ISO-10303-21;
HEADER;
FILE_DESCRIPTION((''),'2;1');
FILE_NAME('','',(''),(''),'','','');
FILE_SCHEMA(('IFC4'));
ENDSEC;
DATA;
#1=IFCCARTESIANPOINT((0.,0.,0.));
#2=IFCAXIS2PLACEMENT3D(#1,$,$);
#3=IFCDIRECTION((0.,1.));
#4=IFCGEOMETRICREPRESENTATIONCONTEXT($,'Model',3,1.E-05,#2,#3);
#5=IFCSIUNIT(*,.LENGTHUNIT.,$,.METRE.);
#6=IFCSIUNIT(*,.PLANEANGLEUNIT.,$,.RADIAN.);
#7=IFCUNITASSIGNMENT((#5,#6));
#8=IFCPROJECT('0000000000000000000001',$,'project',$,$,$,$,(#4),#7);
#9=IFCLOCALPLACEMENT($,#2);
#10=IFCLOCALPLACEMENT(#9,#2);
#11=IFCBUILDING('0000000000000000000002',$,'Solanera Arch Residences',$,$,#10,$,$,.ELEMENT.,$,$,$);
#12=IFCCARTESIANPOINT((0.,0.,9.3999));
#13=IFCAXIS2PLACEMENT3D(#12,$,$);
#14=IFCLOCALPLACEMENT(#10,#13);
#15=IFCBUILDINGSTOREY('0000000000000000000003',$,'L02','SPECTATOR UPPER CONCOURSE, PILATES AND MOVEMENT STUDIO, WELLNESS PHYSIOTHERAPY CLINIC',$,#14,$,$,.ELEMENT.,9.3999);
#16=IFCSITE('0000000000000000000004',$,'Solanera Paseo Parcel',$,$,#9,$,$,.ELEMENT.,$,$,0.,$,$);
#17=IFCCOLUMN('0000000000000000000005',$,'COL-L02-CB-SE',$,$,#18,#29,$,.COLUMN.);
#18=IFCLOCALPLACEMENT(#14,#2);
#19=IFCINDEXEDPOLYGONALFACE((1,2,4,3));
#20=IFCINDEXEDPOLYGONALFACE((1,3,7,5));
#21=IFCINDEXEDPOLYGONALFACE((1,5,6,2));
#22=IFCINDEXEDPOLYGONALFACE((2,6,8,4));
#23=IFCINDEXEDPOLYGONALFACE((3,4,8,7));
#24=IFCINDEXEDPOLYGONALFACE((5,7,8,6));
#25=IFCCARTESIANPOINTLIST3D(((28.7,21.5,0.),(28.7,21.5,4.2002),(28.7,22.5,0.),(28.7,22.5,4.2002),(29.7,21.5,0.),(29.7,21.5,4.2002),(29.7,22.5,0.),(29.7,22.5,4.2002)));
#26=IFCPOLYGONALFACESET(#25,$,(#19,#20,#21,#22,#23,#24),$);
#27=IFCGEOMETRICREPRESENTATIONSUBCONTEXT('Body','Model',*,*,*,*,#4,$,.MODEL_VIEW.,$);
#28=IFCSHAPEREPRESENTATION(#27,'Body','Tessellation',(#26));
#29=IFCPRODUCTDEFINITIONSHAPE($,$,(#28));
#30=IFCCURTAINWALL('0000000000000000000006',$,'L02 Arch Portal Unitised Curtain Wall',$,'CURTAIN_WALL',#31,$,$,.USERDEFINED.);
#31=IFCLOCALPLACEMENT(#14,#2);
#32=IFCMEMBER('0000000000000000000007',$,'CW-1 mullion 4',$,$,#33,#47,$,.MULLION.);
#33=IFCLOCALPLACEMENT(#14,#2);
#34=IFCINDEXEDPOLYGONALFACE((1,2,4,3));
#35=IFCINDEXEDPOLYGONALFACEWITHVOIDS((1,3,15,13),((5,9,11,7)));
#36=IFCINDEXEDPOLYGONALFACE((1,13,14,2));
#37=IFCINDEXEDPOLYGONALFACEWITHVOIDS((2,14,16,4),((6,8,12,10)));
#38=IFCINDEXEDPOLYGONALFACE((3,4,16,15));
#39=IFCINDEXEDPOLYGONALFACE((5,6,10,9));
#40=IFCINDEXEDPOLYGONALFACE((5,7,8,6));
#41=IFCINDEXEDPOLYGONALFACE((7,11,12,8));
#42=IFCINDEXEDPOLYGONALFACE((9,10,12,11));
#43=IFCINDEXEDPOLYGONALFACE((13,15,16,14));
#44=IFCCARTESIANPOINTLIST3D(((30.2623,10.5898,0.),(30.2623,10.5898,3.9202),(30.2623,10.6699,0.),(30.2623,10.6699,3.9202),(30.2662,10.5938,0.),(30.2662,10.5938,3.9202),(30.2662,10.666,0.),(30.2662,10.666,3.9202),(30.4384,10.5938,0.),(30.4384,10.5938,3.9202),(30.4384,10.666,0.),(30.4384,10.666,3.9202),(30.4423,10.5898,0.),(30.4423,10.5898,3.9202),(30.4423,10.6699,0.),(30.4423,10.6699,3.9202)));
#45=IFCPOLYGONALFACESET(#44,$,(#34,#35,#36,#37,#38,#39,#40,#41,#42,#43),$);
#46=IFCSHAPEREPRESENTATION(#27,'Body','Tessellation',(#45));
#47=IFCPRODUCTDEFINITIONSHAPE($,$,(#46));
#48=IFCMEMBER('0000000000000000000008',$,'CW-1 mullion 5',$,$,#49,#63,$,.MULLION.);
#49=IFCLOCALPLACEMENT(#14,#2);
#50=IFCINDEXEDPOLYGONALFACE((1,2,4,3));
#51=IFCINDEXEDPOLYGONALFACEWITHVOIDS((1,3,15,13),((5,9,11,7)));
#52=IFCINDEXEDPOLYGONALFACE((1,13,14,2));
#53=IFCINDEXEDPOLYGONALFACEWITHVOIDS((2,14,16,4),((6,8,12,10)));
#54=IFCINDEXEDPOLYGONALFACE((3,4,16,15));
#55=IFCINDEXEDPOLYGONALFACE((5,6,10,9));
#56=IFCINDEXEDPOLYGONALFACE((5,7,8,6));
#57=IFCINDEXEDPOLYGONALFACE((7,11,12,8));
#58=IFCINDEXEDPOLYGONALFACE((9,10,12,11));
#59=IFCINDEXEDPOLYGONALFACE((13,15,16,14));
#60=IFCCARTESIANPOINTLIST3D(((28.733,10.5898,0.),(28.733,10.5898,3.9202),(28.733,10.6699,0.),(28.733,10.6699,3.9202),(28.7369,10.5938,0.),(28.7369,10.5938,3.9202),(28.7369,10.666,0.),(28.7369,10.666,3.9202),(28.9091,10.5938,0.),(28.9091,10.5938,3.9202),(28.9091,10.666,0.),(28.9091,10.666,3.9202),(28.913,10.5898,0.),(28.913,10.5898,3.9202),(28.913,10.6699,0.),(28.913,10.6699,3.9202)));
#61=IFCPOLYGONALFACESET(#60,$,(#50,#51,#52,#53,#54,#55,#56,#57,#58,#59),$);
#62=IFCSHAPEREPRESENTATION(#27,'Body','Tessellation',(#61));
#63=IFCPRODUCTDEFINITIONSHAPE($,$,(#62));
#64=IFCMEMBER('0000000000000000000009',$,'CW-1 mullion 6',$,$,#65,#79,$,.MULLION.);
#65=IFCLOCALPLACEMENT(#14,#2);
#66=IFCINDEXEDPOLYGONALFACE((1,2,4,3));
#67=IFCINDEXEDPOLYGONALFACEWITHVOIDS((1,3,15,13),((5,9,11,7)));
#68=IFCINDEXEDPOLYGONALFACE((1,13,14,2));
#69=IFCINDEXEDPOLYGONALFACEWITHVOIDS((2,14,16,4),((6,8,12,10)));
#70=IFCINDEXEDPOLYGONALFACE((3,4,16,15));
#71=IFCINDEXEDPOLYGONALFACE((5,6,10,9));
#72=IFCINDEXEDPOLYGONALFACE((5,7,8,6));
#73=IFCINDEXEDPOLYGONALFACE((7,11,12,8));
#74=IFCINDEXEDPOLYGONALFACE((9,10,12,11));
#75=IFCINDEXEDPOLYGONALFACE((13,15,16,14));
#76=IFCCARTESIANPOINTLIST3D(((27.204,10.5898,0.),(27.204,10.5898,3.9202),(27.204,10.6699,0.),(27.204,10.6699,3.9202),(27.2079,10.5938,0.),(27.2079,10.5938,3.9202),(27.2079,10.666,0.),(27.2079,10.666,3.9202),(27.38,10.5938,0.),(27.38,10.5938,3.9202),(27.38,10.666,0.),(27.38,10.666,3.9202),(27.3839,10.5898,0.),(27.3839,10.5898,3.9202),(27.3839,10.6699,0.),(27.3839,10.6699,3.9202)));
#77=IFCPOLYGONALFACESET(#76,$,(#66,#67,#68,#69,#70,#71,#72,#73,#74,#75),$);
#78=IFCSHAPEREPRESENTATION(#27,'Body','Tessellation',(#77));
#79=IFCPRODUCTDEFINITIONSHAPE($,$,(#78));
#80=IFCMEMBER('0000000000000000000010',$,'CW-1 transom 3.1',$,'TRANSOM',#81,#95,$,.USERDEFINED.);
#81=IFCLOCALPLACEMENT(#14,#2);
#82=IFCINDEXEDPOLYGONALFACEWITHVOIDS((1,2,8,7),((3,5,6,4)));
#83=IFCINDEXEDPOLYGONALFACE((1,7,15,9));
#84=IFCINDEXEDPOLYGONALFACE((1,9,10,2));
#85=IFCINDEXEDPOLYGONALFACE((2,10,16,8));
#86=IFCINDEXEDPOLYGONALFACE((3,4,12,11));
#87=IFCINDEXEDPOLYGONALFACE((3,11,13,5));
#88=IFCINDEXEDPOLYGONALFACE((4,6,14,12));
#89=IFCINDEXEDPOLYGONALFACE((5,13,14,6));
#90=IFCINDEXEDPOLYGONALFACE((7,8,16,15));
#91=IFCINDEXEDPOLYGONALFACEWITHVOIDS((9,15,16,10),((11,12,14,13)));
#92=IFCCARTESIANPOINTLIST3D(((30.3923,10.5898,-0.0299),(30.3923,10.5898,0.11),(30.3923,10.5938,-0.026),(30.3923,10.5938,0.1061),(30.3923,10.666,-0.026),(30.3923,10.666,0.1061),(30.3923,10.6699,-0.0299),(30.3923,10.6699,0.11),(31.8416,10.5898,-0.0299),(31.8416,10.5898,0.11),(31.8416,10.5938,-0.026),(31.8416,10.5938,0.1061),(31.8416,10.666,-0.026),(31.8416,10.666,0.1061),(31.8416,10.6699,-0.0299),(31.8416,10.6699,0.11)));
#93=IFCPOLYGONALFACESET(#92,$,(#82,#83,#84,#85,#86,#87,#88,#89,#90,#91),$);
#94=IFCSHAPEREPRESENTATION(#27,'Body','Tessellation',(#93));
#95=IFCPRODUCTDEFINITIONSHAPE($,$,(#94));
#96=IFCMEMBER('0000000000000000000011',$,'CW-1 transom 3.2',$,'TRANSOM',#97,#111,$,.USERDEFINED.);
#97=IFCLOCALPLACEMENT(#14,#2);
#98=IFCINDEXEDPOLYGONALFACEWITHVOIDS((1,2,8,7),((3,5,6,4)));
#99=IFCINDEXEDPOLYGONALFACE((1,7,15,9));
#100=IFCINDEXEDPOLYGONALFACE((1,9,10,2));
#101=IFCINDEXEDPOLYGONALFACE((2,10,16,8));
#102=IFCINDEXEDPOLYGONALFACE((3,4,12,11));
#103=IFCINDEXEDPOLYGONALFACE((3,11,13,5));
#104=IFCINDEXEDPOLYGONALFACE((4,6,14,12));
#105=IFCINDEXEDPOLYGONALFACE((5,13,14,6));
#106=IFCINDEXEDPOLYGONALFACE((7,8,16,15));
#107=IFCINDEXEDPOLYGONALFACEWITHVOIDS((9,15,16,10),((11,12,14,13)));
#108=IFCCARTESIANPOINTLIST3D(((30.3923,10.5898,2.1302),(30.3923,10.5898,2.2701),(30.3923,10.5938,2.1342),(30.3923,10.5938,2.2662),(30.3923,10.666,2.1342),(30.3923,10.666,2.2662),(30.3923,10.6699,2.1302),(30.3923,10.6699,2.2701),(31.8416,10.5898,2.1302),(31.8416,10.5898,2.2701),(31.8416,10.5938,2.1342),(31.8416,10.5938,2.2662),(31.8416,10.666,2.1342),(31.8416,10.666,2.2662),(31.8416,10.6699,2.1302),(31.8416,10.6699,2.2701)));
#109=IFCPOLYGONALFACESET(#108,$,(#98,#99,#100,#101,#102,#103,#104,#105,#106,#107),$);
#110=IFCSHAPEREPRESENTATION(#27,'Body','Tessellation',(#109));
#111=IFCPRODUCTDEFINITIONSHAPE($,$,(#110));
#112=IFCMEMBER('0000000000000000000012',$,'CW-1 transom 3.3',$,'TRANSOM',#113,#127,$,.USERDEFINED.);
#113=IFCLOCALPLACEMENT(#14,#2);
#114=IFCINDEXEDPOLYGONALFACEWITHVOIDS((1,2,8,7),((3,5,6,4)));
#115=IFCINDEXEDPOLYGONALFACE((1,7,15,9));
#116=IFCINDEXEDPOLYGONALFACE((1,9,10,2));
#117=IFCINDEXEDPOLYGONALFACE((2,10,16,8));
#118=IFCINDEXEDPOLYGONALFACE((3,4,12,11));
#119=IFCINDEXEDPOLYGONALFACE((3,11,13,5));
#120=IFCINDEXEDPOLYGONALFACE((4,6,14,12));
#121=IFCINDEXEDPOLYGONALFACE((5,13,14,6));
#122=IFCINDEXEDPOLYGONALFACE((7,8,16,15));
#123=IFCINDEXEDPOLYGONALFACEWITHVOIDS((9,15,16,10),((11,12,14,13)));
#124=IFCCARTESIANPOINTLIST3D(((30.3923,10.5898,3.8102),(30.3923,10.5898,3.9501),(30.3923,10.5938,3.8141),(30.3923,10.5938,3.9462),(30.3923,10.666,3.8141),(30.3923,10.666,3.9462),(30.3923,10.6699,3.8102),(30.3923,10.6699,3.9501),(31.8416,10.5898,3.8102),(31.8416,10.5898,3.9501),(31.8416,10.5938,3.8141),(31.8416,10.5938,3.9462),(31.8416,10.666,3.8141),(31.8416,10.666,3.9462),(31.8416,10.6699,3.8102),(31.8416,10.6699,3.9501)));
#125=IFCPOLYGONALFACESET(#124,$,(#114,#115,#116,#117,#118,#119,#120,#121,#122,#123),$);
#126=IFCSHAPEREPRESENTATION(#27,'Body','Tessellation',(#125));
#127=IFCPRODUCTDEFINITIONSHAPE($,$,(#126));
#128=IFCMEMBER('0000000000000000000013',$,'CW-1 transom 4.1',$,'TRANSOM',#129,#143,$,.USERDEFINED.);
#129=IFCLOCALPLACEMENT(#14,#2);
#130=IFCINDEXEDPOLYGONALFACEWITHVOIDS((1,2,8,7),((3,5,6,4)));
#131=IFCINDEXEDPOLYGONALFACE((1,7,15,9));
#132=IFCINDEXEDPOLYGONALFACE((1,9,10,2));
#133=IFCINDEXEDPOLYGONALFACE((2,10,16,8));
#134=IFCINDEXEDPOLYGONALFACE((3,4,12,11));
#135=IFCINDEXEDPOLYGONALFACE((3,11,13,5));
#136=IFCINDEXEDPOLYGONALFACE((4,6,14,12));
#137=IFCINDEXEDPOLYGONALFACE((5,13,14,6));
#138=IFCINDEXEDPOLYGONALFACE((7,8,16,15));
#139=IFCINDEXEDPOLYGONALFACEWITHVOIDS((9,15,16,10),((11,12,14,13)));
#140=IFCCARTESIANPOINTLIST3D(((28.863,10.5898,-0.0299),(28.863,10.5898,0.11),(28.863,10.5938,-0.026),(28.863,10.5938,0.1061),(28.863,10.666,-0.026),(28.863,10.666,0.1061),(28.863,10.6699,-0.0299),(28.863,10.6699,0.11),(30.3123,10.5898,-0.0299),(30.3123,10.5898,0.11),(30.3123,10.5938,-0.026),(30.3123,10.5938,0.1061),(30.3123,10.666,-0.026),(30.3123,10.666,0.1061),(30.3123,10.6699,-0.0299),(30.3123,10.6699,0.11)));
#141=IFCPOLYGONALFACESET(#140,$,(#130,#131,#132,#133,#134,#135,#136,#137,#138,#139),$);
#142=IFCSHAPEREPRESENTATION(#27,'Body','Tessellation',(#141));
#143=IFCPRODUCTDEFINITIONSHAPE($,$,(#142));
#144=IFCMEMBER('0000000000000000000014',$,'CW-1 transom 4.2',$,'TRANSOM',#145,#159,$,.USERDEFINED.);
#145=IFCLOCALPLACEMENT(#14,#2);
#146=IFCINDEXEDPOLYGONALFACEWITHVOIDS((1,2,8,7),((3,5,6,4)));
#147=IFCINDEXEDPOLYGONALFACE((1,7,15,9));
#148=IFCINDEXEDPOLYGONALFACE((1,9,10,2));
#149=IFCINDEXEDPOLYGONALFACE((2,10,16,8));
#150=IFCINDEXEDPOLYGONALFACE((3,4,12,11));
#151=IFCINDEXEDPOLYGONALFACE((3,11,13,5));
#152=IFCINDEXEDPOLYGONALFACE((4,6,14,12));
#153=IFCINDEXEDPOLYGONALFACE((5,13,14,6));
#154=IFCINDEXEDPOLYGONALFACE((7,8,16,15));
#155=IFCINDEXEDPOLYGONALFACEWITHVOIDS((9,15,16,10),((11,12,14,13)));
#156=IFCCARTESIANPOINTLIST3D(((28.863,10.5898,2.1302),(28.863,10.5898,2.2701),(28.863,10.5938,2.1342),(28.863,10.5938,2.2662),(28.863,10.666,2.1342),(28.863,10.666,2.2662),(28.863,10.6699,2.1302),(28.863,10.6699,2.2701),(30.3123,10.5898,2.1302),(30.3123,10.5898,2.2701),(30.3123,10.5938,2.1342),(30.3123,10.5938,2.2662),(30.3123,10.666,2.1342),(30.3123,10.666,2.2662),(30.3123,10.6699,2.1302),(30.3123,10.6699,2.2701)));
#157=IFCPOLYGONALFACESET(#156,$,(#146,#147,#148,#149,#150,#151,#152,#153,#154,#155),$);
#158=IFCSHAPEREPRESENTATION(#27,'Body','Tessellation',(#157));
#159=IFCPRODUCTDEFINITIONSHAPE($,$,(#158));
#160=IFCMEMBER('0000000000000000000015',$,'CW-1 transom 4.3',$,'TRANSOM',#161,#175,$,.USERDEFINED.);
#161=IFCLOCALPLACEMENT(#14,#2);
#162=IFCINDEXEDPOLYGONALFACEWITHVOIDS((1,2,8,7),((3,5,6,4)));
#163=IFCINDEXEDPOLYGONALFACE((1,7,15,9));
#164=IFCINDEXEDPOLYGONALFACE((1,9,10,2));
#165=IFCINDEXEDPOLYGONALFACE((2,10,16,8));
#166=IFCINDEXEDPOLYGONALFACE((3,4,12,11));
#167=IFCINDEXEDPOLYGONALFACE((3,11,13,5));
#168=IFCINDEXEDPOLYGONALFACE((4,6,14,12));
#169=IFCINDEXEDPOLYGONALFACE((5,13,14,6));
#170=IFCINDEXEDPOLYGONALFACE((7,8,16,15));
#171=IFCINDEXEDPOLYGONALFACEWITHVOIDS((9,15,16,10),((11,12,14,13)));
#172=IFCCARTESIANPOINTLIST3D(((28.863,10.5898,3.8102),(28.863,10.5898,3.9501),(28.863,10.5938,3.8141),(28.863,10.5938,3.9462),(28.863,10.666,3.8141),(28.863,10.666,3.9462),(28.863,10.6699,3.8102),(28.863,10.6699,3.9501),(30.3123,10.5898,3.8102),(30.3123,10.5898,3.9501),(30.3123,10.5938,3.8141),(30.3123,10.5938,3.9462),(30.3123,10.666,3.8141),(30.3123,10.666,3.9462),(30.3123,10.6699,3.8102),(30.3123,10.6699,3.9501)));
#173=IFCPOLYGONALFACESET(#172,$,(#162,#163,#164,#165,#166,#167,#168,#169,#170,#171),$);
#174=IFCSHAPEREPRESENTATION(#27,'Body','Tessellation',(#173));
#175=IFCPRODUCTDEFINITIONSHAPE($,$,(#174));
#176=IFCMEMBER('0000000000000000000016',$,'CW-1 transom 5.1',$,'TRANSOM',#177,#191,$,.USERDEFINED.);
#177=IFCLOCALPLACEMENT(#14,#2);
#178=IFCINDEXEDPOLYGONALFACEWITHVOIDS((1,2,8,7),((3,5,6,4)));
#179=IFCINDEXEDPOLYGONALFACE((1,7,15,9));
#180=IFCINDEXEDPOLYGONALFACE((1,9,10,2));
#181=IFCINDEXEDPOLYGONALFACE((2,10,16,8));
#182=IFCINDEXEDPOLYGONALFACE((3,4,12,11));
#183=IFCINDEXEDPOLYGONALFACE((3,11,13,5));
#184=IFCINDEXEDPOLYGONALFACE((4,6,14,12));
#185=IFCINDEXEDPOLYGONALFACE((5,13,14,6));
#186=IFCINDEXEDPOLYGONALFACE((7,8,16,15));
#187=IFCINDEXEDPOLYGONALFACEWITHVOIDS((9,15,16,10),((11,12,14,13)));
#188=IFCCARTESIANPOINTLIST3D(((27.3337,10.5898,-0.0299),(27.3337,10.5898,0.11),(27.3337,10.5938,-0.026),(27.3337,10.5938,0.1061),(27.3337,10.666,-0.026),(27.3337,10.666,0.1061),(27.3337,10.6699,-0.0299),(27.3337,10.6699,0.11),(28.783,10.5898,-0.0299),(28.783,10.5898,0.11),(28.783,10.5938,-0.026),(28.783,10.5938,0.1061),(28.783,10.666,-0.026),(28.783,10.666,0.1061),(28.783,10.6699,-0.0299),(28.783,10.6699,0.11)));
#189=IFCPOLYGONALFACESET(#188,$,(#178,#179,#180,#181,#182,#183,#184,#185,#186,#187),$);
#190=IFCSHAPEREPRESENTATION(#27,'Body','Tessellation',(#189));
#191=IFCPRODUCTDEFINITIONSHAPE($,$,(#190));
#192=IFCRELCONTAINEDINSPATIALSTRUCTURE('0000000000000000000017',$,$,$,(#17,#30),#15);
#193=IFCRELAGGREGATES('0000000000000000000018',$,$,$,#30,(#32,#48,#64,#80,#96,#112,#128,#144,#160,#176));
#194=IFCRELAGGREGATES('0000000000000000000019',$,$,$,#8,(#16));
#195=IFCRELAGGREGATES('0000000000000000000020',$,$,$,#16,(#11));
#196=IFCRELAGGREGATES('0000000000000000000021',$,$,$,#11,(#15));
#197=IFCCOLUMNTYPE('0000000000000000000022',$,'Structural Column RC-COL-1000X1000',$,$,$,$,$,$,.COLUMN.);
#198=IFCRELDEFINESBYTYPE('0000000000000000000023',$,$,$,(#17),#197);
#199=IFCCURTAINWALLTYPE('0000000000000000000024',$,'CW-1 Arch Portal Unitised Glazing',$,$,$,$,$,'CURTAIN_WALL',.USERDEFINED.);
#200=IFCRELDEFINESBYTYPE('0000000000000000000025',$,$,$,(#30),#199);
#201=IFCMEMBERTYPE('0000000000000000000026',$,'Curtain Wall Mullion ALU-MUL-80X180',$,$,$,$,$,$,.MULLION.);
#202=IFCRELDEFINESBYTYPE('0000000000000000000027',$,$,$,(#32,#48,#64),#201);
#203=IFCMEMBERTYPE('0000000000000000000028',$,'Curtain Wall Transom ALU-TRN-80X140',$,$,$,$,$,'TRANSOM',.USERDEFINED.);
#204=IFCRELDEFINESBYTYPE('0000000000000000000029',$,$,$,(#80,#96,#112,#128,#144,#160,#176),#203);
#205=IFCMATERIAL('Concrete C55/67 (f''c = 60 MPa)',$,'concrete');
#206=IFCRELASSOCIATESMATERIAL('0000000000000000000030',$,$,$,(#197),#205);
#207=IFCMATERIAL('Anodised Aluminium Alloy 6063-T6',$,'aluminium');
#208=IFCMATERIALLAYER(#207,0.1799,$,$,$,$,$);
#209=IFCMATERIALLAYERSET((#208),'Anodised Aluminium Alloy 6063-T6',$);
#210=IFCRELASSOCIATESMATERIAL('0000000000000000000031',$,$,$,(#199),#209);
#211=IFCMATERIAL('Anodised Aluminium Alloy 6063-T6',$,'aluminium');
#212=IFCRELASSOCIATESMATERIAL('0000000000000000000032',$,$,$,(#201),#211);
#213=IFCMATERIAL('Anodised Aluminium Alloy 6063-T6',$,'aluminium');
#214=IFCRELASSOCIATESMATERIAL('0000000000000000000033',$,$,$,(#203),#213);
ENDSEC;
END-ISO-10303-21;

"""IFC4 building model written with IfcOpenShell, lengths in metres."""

from ifc_helpers import new_model, si_unit, direction, frame, origin, origin_2d, place, context, subcontext, project, spatial, rectangle, hollow_rectangle, extrude, material, layer, layer_set, material_profile, profile_set, type_object, element, aggregate, save


model = new_model("IFC4")

# Units and contexts
model_context = context("Model", 3, precision=1e-05, world=origin(), true_north=direction((0.0, 1.0)))
body_context = subcontext(model_context, "Body", "Model", "MODEL_VIEW")
ifc_project = project(units=[si_unit("LENGTHUNIT", "METRE"), si_unit("PLANEANGLEUNIT", "RADIAN")], contexts=[model_context])

# Site, building, storey
site_placement = place(None, origin())
site = spatial("IfcSite", under=ifc_project, at=site_placement, Name="Solanera Paseo Parcel", CompositionType="ELEMENT", RefElevation=0.0)
building_placement = place(site_placement, origin())
building = spatial("IfcBuilding", under=site, at=building_placement, Name="Solanera Arch Residences", CompositionType="ELEMENT")
storey_placement = place(building_placement, frame((0.0, 0.0, 9.3999)))
storey = spatial("IfcBuildingStorey", under=building, at=storey_placement, Name="L02", Description="SPECTATOR UPPER CONCOURSE, PILATES AND MOVEMENT STUDIO, WELLNESS PHYSIOTHERAPY CLINIC", CompositionType="ELEMENT", Elevation=9.3999)

# Column
ifc_material_1 = material(Name="Concrete C55/67 (f'c = 60 MPa)", Category="concrete")
ifc_material_profile_1 = material_profile(ifc_material_1, rectangle(XDim=1.0, YDim=1.0, at=origin_2d()))
ifc_profile_set_1 = profile_set([ifc_material_profile_1], Name="Concrete C55/67 (f'c = 60 MPa)")
column_type = type_object("IfcColumnType", Name="Structural Column RC-COL-1000X1000", PredefinedType="COLUMN", material=ifc_profile_set_1)
column_placement = place(storey_placement, frame((29.2, 22.0, 0.0), z_axis=(0.0, 0.0, 1.0), x_axis=(1.0, 0.0, 0.0)))
element("IfcColumn", 1, at=column_placement, inside=storey, type_object=column_type, Name="COL-L02-CB-SE", PredefinedType="COLUMN", context=body_context, shape_type="SweptSolid", body=[
    extrude(rectangle(XDim=1.0, YDim=1.0, at=origin_2d()), origin(), (0.0, 0.0, 1.0), 4.2002),
])

# Curtain wall, members
ifc_material_2 = material(Name="Anodised Aluminium Alloy 6063-T6", Category="aluminium")
ifc_layer_1 = layer(ifc_material_2, 0.1799)
ifc_layer_set_1 = layer_set([ifc_layer_1], Name="Anodised Aluminium Alloy 6063-T6")
curtain_wall_type = type_object("IfcCurtainWallType", Name="CW-1 Arch Portal Unitised Glazing", ElementType="CURTAIN_WALL", PredefinedType="USERDEFINED", material=ifc_layer_set_1)
curtain_wall_placement = place(storey_placement, origin())
curtain_wall = element("IfcCurtainWall", 2, at=curtain_wall_placement, inside=storey, type_object=curtain_wall_type, Name="L02 Arch Portal Unitised Curtain Wall", ObjectType="CURTAIN_WALL", PredefinedType="USERDEFINED")
ifc_material_3 = material(Name="Anodised Aluminium Alloy 6063-T6", Category="aluminium")
ifc_material_profile_2 = material_profile(ifc_material_3, hollow_rectangle(XDim=0.0801, YDim=0.1799, WallThickness=0.0039, at=origin_2d()))
ifc_profile_set_2 = profile_set([ifc_material_profile_2], Name="Anodised Aluminium Alloy 6063-T6")
member_type_1 = type_object("IfcMemberType", Name="Curtain Wall Mullion ALU-MUL-80X180", PredefinedType="MULLION", material=ifc_profile_set_2)
member_1_placement = place(storey_placement, frame((30.3523, 10.6299, 0.0), z_axis=(0.0, 0.0, 1.0), x_axis=(0.0, -1.0, 0.0)))
member_1 = element("IfcMember", 3, at=member_1_placement, type_object=member_type_1, Name="CW-1 mullion 4", PredefinedType="MULLION", context=body_context, shape_type="SweptSolid", body=[
    extrude(hollow_rectangle(XDim=0.0801, YDim=0.1799, WallThickness=0.0039, at=origin_2d()), origin(), (0.0, 0.0, 1.0), 3.9202),
])
member_2_placement = place(storey_placement, frame((28.823, 10.6299, 0.0), z_axis=(0.0, 0.0, 1.0), x_axis=(0.0, -1.0, 0.0)))
member_2 = element("IfcMember", 4, at=member_2_placement, type_object=member_type_1, Name="CW-1 mullion 5", PredefinedType="MULLION", context=body_context, shape_type="SweptSolid", body=[
    extrude(hollow_rectangle(XDim=0.0801, YDim=0.1799, WallThickness=0.0039, at=origin_2d()), origin(), (0.0, 0.0, 1.0), 3.9202),
])
member_3_placement = place(storey_placement, frame((27.2939, 10.6299, 0.0), z_axis=(0.0, 0.0, 1.0), x_axis=(0.0, -1.0, 0.0)))
member_3 = element("IfcMember", 5, at=member_3_placement, type_object=member_type_1, Name="CW-1 mullion 6", PredefinedType="MULLION", context=body_context, shape_type="SweptSolid", body=[
    extrude(hollow_rectangle(XDim=0.0801, YDim=0.1799, WallThickness=0.0039, at=origin_2d()), origin(), (0.0, 0.0, 1.0), 3.9202),
])
ifc_material_4 = material(Name="Anodised Aluminium Alloy 6063-T6", Category="aluminium")
ifc_material_profile_3 = material_profile(ifc_material_4, hollow_rectangle(XDim=0.0801, YDim=0.1399, WallThickness=0.0039, at=origin_2d()))
ifc_profile_set_3 = profile_set([ifc_material_profile_3], Name="Anodised Aluminium Alloy 6063-T6")
member_type_2 = type_object("IfcMemberType", Name="Curtain Wall Transom ALU-TRN-80X140", ElementType="TRANSOM", PredefinedType="USERDEFINED", material=ifc_profile_set_3)
member_4_placement = place(storey_placement, frame((31.8416, 10.6299, 0.04), z_axis=(-1.0, 0.0, 0.0), x_axis=(0.0, -1.0, 0.0)))
member_4 = element("IfcMember", 6, at=member_4_placement, type_object=member_type_2, Name="CW-1 transom 3.1", ObjectType="TRANSOM", PredefinedType="USERDEFINED", context=body_context, shape_type="SweptSolid", body=[
    extrude(hollow_rectangle(XDim=0.0801, YDim=0.1399, WallThickness=0.0039, at=origin_2d()), origin(), (0.0, 0.0, 1.0), 1.4492),
])
member_5_placement = place(storey_placement, frame((31.8416, 10.6299, 2.2002), z_axis=(-1.0, 0.0, 0.0), x_axis=(0.0, -1.0, 0.0)))
member_5 = element("IfcMember", 7, at=member_5_placement, type_object=member_type_2, Name="CW-1 transom 3.2", ObjectType="TRANSOM", PredefinedType="USERDEFINED", context=body_context, shape_type="SweptSolid", body=[
    extrude(hollow_rectangle(XDim=0.0801, YDim=0.1399, WallThickness=0.0039, at=origin_2d()), origin(), (0.0, 0.0, 1.0), 1.4492),
])
member_6_placement = place(storey_placement, frame((31.8416, 10.6299, 3.8801), z_axis=(-1.0, 0.0, 0.0), x_axis=(0.0, -1.0, 0.0)))
member_6 = element("IfcMember", 8, at=member_6_placement, type_object=member_type_2, Name="CW-1 transom 3.3", ObjectType="TRANSOM", PredefinedType="USERDEFINED", context=body_context, shape_type="SweptSolid", body=[
    extrude(hollow_rectangle(XDim=0.0801, YDim=0.1399, WallThickness=0.0039, at=origin_2d()), origin(), (0.0, 0.0, 1.0), 1.4492),
])
member_7_placement = place(storey_placement, frame((30.3123, 10.6299, 0.04), z_axis=(-1.0, 0.0, 0.0), x_axis=(0.0, -1.0, 0.0)))
member_7 = element("IfcMember", 9, at=member_7_placement, type_object=member_type_2, Name="CW-1 transom 4.1", ObjectType="TRANSOM", PredefinedType="USERDEFINED", context=body_context, shape_type="SweptSolid", body=[
    extrude(hollow_rectangle(XDim=0.0801, YDim=0.1399, WallThickness=0.0039, at=origin_2d()), origin(), (0.0, 0.0, 1.0), 1.4492),
])
member_8_placement = place(storey_placement, frame((30.3123, 10.6299, 2.2002), z_axis=(-1.0, 0.0, 0.0), x_axis=(0.0, -1.0, 0.0)))
member_8 = element("IfcMember", 10, at=member_8_placement, type_object=member_type_2, Name="CW-1 transom 4.2", ObjectType="TRANSOM", PredefinedType="USERDEFINED", context=body_context, shape_type="SweptSolid", body=[
    extrude(hollow_rectangle(XDim=0.0801, YDim=0.1399, WallThickness=0.0039, at=origin_2d()), origin(), (0.0, 0.0, 1.0), 1.4492),
])
member_9_placement = place(storey_placement, frame((30.3123, 10.6299, 3.8801), z_axis=(-1.0, 0.0, 0.0), x_axis=(0.0, -1.0, 0.0)))
member_9 = element("IfcMember", 11, at=member_9_placement, type_object=member_type_2, Name="CW-1 transom 4.3", ObjectType="TRANSOM", PredefinedType="USERDEFINED", context=body_context, shape_type="SweptSolid", body=[
    extrude(hollow_rectangle(XDim=0.0801, YDim=0.1399, WallThickness=0.0039, at=origin_2d()), origin(), (0.0, 0.0, 1.0), 1.4492),
])
member_10_placement = place(storey_placement, frame((28.783, 10.6299, 0.04), z_axis=(-1.0, 0.0, 0.0), x_axis=(0.0, -1.0, 0.0)))
member_10 = element("IfcMember", 12, at=member_10_placement, type_object=member_type_2, Name="CW-1 transom 5.1", ObjectType="TRANSOM", PredefinedType="USERDEFINED", context=body_context, shape_type="SweptSolid", body=[
    extrude(hollow_rectangle(XDim=0.0801, YDim=0.1399, WallThickness=0.0039, at=origin_2d()), origin(), (0.0, 0.0, 1.0), 1.4492),
])

aggregate(curtain_wall, [member_1, member_2, member_3, member_4, member_5, member_6, member_7, member_8, member_9, member_10])

save(model, "model.ifc")
